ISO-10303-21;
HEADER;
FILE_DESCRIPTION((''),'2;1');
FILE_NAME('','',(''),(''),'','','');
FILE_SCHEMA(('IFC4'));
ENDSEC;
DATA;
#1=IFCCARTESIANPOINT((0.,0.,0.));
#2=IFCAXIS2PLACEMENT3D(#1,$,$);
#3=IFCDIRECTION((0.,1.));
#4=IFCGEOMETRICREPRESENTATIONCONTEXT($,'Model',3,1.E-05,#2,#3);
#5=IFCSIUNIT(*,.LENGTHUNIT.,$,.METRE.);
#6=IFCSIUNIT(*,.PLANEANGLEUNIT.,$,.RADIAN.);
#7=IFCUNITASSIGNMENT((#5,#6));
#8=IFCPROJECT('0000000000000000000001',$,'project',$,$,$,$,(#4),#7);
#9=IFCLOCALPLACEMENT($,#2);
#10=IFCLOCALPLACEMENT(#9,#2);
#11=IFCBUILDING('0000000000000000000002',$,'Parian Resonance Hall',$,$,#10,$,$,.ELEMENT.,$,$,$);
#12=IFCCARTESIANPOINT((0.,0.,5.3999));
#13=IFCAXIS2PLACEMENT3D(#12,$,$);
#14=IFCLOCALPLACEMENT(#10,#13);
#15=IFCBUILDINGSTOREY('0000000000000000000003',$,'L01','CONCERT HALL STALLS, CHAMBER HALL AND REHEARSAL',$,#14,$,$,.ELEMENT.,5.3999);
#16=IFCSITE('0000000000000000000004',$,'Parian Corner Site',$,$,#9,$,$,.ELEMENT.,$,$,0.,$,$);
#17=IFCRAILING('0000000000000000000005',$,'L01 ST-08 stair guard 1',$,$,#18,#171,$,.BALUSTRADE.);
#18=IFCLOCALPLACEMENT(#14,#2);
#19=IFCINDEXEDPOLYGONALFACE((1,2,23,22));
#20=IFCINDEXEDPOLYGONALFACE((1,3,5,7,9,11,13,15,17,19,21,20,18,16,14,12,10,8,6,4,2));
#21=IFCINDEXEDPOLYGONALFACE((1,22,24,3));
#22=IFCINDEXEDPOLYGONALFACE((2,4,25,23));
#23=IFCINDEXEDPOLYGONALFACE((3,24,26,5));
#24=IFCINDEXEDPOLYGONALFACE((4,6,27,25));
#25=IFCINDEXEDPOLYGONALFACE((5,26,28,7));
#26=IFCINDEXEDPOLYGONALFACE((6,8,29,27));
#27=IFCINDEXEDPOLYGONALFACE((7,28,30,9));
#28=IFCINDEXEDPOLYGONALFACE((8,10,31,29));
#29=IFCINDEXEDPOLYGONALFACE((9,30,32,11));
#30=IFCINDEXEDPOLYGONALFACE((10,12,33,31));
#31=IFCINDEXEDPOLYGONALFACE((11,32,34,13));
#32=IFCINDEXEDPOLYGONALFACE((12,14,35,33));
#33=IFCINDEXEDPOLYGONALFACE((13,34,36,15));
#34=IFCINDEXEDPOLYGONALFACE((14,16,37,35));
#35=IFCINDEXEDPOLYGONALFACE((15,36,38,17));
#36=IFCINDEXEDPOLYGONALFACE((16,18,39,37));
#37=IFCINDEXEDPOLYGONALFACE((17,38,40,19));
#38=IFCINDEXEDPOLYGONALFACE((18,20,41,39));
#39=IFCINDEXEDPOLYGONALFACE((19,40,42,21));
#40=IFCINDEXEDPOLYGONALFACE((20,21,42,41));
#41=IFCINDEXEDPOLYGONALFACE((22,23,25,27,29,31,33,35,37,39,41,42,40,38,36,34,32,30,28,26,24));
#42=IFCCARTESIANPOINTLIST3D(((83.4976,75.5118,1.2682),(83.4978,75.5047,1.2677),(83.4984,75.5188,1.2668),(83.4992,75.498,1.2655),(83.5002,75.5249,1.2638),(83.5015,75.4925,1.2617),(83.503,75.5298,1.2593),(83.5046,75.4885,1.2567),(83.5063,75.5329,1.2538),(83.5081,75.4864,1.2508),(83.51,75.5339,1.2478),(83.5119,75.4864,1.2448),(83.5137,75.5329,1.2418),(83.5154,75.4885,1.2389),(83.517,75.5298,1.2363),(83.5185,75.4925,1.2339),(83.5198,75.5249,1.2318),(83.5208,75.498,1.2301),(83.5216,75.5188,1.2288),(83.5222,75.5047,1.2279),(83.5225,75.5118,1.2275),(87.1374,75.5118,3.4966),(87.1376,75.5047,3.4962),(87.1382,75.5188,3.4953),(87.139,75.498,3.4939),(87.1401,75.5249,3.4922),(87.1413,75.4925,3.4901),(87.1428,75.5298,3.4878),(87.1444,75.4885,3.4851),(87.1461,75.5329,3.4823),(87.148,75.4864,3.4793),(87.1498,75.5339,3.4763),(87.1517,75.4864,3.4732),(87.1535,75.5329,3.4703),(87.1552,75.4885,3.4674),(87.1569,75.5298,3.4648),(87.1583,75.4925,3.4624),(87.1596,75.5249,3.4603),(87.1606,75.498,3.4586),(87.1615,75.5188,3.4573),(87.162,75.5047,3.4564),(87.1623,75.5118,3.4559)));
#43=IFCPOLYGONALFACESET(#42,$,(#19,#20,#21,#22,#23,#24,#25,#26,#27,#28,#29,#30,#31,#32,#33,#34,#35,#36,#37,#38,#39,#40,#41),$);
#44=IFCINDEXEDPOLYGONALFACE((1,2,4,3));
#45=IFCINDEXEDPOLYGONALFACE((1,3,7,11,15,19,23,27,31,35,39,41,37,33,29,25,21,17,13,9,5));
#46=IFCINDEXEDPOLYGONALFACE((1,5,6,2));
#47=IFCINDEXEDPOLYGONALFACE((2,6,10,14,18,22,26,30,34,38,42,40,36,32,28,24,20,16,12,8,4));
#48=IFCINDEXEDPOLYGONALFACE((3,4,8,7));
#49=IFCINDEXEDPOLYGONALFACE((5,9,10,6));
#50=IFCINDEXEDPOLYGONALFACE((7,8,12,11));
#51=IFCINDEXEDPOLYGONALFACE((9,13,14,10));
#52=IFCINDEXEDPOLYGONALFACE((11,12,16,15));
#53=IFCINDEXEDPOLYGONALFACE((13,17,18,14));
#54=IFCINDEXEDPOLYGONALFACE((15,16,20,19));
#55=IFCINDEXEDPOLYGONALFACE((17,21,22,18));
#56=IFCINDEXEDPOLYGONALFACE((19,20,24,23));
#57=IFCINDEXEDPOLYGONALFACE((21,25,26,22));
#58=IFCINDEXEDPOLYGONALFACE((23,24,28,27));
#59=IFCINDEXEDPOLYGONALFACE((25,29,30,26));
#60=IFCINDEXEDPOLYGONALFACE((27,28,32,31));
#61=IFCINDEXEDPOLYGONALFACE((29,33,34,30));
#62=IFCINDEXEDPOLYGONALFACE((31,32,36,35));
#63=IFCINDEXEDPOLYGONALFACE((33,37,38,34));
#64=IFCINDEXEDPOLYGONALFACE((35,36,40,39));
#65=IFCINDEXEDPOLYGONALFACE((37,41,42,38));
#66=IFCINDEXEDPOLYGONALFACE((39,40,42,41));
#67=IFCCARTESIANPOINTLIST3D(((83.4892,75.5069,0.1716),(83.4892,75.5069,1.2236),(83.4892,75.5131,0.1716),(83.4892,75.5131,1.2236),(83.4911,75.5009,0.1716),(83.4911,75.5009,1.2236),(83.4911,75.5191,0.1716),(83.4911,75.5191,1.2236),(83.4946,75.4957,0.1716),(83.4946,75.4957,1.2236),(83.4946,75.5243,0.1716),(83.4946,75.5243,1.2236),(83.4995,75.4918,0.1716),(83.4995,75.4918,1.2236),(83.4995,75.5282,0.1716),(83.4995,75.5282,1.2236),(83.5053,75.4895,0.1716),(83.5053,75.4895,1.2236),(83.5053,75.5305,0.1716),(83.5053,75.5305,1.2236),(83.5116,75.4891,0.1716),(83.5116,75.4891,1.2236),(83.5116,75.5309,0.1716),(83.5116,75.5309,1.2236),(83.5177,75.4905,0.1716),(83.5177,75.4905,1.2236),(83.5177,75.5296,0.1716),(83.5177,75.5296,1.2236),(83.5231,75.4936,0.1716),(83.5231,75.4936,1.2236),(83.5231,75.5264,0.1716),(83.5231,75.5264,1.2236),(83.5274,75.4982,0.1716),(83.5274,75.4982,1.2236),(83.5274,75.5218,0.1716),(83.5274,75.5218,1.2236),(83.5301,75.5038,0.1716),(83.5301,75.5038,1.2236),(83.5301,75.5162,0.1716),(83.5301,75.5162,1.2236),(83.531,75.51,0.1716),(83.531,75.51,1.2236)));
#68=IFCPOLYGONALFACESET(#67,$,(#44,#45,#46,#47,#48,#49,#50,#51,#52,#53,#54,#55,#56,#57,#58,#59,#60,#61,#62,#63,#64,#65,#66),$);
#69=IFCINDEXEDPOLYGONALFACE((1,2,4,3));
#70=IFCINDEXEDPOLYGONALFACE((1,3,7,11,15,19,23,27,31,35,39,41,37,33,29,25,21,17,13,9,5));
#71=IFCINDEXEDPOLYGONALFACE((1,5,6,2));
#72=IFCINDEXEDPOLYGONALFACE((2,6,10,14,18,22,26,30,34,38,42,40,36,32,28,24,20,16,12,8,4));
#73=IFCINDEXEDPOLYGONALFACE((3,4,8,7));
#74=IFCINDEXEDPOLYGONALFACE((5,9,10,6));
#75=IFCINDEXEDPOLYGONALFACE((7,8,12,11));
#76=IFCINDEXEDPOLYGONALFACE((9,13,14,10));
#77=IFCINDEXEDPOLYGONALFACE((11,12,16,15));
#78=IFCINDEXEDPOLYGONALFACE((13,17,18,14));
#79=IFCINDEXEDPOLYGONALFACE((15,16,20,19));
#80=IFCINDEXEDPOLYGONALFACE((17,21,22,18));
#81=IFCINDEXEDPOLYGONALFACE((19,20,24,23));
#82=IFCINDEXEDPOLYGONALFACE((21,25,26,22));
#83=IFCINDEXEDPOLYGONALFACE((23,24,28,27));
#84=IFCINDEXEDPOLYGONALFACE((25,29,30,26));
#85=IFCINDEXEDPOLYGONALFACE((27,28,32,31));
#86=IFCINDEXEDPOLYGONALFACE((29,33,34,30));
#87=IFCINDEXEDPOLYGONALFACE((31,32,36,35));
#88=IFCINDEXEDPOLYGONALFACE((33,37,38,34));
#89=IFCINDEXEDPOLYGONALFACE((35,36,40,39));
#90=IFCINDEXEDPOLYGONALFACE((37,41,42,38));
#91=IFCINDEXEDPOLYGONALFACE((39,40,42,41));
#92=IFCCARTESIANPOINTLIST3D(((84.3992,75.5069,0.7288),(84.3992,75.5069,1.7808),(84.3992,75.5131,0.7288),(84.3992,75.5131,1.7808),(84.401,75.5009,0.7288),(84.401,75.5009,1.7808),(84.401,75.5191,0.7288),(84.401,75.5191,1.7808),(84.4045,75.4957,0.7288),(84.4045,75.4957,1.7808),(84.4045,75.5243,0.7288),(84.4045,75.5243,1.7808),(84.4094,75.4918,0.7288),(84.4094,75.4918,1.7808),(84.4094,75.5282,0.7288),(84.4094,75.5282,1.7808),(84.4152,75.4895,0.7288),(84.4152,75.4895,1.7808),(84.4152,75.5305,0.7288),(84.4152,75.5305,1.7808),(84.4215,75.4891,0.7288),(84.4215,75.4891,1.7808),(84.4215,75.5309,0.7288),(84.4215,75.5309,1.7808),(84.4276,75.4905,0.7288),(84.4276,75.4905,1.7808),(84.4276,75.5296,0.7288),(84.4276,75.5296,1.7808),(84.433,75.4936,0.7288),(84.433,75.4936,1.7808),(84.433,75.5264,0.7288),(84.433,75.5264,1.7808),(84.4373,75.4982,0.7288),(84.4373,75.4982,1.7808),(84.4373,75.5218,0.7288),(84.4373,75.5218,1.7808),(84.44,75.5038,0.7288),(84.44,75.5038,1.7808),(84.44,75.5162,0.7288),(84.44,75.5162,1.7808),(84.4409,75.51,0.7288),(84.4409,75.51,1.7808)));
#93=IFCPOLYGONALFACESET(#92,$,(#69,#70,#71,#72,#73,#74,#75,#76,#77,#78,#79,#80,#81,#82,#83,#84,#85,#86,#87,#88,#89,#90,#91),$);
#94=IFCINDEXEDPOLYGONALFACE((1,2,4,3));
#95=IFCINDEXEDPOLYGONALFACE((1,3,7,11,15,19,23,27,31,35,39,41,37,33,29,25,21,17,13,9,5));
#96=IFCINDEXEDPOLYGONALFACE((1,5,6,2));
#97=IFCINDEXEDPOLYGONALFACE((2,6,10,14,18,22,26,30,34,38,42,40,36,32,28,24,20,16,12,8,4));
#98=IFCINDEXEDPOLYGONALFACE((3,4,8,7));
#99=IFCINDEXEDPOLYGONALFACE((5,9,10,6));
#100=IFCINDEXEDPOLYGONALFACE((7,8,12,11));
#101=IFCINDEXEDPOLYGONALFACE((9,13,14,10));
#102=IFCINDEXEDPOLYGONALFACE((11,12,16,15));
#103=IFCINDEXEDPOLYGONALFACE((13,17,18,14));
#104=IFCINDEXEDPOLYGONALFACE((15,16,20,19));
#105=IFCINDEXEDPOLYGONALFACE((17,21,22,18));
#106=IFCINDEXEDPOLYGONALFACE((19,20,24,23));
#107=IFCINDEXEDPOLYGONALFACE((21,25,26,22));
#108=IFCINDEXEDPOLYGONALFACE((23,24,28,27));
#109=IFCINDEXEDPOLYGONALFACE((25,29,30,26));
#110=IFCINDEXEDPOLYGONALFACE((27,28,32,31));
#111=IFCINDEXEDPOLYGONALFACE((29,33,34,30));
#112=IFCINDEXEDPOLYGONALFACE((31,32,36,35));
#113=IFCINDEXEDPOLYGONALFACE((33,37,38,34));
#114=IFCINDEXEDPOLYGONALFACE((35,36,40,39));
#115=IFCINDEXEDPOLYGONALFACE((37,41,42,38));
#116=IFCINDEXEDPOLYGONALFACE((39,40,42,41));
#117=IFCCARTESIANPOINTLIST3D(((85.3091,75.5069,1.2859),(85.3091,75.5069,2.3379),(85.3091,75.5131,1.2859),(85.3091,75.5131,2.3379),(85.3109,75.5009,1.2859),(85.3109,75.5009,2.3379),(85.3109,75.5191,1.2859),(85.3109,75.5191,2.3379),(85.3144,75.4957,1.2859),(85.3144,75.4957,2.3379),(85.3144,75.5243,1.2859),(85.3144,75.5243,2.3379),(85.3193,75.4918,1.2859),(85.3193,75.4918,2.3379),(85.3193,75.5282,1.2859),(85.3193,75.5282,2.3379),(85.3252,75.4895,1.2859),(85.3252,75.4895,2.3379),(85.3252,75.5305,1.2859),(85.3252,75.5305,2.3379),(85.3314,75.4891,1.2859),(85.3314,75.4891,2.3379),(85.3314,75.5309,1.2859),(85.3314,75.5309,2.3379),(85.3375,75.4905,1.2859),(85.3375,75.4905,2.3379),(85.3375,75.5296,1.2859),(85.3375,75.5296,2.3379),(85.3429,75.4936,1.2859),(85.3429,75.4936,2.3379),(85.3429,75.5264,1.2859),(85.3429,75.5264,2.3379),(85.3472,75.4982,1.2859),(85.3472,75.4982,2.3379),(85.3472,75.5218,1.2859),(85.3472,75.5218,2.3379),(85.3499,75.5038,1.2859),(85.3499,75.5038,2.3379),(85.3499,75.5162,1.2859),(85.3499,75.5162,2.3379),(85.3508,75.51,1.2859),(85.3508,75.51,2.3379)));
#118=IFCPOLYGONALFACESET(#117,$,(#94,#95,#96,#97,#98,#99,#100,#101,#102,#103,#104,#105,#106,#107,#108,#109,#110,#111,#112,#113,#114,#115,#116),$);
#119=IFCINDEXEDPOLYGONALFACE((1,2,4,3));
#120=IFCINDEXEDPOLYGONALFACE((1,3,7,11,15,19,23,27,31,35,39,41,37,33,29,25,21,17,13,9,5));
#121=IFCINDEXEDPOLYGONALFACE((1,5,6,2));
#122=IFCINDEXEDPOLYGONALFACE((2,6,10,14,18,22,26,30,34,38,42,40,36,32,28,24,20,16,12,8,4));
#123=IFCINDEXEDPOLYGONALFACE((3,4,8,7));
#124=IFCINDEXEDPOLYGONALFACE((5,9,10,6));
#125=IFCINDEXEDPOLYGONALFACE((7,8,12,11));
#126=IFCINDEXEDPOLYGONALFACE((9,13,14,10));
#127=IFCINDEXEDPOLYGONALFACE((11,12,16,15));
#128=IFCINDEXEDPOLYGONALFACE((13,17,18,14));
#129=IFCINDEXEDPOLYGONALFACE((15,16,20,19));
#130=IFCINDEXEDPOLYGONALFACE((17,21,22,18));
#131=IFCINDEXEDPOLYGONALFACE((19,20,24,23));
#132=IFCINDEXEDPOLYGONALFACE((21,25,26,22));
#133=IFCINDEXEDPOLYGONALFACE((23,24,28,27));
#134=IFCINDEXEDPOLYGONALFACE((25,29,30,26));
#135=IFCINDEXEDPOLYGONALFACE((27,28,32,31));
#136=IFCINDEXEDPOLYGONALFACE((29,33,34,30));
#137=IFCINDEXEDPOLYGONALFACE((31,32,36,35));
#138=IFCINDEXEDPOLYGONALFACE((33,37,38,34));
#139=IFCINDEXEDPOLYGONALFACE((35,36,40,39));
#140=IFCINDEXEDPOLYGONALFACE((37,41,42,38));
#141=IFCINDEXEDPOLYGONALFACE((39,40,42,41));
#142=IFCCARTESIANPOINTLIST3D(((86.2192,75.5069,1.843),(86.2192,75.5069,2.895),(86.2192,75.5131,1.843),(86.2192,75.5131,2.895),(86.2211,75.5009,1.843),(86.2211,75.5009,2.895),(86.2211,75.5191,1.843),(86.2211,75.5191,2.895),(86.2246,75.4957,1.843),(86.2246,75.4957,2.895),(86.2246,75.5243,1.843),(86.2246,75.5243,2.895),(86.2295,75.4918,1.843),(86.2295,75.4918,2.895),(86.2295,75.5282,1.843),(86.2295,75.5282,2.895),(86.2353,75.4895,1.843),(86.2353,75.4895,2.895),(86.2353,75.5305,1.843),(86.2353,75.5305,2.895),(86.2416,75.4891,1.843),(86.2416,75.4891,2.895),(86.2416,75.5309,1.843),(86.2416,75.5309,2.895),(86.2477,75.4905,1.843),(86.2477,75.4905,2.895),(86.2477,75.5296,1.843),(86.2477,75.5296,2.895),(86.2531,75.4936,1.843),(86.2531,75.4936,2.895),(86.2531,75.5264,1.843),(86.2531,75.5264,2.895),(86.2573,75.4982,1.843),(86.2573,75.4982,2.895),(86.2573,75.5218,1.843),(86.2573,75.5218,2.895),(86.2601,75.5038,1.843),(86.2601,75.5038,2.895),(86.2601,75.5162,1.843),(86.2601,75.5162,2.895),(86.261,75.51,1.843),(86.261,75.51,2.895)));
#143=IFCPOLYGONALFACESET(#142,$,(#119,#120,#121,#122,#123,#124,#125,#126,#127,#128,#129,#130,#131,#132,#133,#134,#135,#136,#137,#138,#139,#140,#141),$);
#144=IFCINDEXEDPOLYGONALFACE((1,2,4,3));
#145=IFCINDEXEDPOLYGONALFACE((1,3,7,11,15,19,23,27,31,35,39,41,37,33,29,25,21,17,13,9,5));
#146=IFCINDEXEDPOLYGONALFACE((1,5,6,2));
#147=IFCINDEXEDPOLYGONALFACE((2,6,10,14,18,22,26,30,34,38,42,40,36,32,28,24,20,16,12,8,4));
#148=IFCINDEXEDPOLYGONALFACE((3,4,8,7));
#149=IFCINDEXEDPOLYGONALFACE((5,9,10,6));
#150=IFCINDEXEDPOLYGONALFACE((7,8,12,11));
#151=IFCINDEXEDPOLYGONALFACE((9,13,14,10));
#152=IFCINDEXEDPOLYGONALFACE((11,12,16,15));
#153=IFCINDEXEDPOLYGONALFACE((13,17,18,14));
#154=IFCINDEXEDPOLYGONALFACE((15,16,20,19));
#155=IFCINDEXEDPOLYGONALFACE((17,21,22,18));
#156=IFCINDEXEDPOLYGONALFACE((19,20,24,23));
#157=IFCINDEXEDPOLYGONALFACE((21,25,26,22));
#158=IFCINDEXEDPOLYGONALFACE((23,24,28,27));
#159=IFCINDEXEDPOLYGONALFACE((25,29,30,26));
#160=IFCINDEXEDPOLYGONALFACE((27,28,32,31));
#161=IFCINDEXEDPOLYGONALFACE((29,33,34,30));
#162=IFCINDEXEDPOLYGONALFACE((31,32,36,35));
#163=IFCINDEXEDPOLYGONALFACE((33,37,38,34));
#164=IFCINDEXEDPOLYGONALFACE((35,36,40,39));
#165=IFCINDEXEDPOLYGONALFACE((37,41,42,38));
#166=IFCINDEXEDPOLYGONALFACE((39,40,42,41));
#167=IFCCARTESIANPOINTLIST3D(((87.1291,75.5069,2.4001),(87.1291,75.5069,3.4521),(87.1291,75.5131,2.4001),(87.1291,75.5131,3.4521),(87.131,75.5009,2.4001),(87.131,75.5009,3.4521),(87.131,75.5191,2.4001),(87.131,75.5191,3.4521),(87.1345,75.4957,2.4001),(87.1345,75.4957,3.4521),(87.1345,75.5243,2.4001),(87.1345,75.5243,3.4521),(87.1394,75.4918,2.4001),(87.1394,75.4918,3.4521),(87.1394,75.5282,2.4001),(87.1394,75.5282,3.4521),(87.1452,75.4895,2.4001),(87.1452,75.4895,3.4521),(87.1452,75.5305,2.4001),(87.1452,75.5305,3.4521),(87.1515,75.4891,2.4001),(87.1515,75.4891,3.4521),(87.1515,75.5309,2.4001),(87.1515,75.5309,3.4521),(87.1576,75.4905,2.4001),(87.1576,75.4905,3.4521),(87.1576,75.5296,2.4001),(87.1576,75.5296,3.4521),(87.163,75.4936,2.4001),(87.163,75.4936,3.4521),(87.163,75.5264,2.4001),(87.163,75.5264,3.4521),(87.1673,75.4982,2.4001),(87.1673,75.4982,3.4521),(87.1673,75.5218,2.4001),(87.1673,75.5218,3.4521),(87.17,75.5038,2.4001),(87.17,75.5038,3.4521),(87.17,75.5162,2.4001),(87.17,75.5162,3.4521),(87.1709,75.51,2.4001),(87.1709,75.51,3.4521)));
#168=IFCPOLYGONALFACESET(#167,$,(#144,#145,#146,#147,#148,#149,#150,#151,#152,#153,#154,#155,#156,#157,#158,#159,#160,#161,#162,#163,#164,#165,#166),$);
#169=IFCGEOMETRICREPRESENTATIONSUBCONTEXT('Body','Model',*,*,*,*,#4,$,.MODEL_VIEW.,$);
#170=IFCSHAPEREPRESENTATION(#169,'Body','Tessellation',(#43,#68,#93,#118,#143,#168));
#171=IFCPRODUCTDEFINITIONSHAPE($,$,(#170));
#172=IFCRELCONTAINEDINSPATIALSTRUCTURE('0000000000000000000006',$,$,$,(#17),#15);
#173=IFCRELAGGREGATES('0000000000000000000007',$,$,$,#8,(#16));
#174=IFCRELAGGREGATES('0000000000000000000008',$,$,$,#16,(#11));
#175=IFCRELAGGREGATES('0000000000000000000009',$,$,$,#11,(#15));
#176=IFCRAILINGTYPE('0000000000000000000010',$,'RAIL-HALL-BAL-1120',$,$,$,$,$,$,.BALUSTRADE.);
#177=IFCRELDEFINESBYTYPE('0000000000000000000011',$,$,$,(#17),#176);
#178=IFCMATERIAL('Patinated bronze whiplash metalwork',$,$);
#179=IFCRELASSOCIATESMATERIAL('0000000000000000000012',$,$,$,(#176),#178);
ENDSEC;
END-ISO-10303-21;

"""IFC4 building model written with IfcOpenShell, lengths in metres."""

from ifc_helpers import new_model, si_unit, direction, frame, origin, origin_2d, place, context, subcontext, project, spatial, circle, extrude, material, type_object, element, save


model = new_model("IFC4")

# Units and contexts
model_context = context("Model", 3, precision=1e-05, world=origin(), true_north=direction((0.0, 1.0)))
body_context = subcontext(model_context, "Body", "Model", "MODEL_VIEW")
ifc_project = project(units=[si_unit("LENGTHUNIT", "METRE"), si_unit("PLANEANGLEUNIT", "RADIAN")], contexts=[model_context])

# Site, building, storey
site_placement = place(None, origin())
site = spatial("IfcSite", under=ifc_project, at=site_placement, Name="Parian Corner Site", CompositionType="ELEMENT", RefElevation=0.0)
building_placement = place(site_placement, origin())
building = spatial("IfcBuilding", under=site, at=building_placement, Name="Parian Resonance Hall", CompositionType="ELEMENT")
storey_placement = place(building_placement, frame((0.0, 0.0, 5.3999)))
storey = spatial("IfcBuildingStorey", under=building, at=storey_placement, Name="L01", Description="CONCERT HALL STALLS, CHAMBER HALL AND REHEARSAL", CompositionType="ELEMENT", Elevation=5.3999)

# Railing
ifc_material_1 = material(Name="Patinated bronze whiplash metalwork")
railing_type_1 = type_object("IfcRailingType", Name="RAIL-HALL-BAL-1120", PredefinedType="BALUSTRADE", material=ifc_material_1)
railing_1_placement = place(storey_placement, frame((83.51, 75.51, 0.1716)))
element("IfcRailing", 1, at=railing_1_placement, inside=storey, type_object=railing_type_1, Name="L01 ST-08 stair guard 1", PredefinedType="BALUSTRADE", context=body_context, shape_type="SweptSolid", body=[
    extrude(circle(Radius=0.0239, at=origin_2d()), frame((0.0, 0.0, 1.0762), z_axis=(0.85285, 0.0, 0.522156), x_axis=(0.0, 1.0, 0.0)), (0.0, 0.0, 1.0), 4.2678),
    extrude(circle(Radius=0.021, at=origin_2d()), origin(), (0.0, 0.0, 1.0), 1.052),
    extrude(circle(Radius=0.021, at=origin_2d()), frame((0.9099, 0.0, 0.5571)), (0.0, 0.0, 1.0), 1.052),
    extrude(circle(Radius=0.021, at=origin_2d()), frame((1.8198, 0.0, 1.1143)), (0.0, 0.0, 1.0), 1.052),
    extrude(circle(Radius=0.021, at=origin_2d()), frame((2.73, 0.0, 1.6714)), (0.0, 0.0, 1.0), 1.052),
    extrude(circle(Radius=0.021, at=origin_2d()), frame((3.6399, 0.0, 2.2285)), (0.0, 0.0, 1.0), 1.052),
])

save(model, "model.ifc")
